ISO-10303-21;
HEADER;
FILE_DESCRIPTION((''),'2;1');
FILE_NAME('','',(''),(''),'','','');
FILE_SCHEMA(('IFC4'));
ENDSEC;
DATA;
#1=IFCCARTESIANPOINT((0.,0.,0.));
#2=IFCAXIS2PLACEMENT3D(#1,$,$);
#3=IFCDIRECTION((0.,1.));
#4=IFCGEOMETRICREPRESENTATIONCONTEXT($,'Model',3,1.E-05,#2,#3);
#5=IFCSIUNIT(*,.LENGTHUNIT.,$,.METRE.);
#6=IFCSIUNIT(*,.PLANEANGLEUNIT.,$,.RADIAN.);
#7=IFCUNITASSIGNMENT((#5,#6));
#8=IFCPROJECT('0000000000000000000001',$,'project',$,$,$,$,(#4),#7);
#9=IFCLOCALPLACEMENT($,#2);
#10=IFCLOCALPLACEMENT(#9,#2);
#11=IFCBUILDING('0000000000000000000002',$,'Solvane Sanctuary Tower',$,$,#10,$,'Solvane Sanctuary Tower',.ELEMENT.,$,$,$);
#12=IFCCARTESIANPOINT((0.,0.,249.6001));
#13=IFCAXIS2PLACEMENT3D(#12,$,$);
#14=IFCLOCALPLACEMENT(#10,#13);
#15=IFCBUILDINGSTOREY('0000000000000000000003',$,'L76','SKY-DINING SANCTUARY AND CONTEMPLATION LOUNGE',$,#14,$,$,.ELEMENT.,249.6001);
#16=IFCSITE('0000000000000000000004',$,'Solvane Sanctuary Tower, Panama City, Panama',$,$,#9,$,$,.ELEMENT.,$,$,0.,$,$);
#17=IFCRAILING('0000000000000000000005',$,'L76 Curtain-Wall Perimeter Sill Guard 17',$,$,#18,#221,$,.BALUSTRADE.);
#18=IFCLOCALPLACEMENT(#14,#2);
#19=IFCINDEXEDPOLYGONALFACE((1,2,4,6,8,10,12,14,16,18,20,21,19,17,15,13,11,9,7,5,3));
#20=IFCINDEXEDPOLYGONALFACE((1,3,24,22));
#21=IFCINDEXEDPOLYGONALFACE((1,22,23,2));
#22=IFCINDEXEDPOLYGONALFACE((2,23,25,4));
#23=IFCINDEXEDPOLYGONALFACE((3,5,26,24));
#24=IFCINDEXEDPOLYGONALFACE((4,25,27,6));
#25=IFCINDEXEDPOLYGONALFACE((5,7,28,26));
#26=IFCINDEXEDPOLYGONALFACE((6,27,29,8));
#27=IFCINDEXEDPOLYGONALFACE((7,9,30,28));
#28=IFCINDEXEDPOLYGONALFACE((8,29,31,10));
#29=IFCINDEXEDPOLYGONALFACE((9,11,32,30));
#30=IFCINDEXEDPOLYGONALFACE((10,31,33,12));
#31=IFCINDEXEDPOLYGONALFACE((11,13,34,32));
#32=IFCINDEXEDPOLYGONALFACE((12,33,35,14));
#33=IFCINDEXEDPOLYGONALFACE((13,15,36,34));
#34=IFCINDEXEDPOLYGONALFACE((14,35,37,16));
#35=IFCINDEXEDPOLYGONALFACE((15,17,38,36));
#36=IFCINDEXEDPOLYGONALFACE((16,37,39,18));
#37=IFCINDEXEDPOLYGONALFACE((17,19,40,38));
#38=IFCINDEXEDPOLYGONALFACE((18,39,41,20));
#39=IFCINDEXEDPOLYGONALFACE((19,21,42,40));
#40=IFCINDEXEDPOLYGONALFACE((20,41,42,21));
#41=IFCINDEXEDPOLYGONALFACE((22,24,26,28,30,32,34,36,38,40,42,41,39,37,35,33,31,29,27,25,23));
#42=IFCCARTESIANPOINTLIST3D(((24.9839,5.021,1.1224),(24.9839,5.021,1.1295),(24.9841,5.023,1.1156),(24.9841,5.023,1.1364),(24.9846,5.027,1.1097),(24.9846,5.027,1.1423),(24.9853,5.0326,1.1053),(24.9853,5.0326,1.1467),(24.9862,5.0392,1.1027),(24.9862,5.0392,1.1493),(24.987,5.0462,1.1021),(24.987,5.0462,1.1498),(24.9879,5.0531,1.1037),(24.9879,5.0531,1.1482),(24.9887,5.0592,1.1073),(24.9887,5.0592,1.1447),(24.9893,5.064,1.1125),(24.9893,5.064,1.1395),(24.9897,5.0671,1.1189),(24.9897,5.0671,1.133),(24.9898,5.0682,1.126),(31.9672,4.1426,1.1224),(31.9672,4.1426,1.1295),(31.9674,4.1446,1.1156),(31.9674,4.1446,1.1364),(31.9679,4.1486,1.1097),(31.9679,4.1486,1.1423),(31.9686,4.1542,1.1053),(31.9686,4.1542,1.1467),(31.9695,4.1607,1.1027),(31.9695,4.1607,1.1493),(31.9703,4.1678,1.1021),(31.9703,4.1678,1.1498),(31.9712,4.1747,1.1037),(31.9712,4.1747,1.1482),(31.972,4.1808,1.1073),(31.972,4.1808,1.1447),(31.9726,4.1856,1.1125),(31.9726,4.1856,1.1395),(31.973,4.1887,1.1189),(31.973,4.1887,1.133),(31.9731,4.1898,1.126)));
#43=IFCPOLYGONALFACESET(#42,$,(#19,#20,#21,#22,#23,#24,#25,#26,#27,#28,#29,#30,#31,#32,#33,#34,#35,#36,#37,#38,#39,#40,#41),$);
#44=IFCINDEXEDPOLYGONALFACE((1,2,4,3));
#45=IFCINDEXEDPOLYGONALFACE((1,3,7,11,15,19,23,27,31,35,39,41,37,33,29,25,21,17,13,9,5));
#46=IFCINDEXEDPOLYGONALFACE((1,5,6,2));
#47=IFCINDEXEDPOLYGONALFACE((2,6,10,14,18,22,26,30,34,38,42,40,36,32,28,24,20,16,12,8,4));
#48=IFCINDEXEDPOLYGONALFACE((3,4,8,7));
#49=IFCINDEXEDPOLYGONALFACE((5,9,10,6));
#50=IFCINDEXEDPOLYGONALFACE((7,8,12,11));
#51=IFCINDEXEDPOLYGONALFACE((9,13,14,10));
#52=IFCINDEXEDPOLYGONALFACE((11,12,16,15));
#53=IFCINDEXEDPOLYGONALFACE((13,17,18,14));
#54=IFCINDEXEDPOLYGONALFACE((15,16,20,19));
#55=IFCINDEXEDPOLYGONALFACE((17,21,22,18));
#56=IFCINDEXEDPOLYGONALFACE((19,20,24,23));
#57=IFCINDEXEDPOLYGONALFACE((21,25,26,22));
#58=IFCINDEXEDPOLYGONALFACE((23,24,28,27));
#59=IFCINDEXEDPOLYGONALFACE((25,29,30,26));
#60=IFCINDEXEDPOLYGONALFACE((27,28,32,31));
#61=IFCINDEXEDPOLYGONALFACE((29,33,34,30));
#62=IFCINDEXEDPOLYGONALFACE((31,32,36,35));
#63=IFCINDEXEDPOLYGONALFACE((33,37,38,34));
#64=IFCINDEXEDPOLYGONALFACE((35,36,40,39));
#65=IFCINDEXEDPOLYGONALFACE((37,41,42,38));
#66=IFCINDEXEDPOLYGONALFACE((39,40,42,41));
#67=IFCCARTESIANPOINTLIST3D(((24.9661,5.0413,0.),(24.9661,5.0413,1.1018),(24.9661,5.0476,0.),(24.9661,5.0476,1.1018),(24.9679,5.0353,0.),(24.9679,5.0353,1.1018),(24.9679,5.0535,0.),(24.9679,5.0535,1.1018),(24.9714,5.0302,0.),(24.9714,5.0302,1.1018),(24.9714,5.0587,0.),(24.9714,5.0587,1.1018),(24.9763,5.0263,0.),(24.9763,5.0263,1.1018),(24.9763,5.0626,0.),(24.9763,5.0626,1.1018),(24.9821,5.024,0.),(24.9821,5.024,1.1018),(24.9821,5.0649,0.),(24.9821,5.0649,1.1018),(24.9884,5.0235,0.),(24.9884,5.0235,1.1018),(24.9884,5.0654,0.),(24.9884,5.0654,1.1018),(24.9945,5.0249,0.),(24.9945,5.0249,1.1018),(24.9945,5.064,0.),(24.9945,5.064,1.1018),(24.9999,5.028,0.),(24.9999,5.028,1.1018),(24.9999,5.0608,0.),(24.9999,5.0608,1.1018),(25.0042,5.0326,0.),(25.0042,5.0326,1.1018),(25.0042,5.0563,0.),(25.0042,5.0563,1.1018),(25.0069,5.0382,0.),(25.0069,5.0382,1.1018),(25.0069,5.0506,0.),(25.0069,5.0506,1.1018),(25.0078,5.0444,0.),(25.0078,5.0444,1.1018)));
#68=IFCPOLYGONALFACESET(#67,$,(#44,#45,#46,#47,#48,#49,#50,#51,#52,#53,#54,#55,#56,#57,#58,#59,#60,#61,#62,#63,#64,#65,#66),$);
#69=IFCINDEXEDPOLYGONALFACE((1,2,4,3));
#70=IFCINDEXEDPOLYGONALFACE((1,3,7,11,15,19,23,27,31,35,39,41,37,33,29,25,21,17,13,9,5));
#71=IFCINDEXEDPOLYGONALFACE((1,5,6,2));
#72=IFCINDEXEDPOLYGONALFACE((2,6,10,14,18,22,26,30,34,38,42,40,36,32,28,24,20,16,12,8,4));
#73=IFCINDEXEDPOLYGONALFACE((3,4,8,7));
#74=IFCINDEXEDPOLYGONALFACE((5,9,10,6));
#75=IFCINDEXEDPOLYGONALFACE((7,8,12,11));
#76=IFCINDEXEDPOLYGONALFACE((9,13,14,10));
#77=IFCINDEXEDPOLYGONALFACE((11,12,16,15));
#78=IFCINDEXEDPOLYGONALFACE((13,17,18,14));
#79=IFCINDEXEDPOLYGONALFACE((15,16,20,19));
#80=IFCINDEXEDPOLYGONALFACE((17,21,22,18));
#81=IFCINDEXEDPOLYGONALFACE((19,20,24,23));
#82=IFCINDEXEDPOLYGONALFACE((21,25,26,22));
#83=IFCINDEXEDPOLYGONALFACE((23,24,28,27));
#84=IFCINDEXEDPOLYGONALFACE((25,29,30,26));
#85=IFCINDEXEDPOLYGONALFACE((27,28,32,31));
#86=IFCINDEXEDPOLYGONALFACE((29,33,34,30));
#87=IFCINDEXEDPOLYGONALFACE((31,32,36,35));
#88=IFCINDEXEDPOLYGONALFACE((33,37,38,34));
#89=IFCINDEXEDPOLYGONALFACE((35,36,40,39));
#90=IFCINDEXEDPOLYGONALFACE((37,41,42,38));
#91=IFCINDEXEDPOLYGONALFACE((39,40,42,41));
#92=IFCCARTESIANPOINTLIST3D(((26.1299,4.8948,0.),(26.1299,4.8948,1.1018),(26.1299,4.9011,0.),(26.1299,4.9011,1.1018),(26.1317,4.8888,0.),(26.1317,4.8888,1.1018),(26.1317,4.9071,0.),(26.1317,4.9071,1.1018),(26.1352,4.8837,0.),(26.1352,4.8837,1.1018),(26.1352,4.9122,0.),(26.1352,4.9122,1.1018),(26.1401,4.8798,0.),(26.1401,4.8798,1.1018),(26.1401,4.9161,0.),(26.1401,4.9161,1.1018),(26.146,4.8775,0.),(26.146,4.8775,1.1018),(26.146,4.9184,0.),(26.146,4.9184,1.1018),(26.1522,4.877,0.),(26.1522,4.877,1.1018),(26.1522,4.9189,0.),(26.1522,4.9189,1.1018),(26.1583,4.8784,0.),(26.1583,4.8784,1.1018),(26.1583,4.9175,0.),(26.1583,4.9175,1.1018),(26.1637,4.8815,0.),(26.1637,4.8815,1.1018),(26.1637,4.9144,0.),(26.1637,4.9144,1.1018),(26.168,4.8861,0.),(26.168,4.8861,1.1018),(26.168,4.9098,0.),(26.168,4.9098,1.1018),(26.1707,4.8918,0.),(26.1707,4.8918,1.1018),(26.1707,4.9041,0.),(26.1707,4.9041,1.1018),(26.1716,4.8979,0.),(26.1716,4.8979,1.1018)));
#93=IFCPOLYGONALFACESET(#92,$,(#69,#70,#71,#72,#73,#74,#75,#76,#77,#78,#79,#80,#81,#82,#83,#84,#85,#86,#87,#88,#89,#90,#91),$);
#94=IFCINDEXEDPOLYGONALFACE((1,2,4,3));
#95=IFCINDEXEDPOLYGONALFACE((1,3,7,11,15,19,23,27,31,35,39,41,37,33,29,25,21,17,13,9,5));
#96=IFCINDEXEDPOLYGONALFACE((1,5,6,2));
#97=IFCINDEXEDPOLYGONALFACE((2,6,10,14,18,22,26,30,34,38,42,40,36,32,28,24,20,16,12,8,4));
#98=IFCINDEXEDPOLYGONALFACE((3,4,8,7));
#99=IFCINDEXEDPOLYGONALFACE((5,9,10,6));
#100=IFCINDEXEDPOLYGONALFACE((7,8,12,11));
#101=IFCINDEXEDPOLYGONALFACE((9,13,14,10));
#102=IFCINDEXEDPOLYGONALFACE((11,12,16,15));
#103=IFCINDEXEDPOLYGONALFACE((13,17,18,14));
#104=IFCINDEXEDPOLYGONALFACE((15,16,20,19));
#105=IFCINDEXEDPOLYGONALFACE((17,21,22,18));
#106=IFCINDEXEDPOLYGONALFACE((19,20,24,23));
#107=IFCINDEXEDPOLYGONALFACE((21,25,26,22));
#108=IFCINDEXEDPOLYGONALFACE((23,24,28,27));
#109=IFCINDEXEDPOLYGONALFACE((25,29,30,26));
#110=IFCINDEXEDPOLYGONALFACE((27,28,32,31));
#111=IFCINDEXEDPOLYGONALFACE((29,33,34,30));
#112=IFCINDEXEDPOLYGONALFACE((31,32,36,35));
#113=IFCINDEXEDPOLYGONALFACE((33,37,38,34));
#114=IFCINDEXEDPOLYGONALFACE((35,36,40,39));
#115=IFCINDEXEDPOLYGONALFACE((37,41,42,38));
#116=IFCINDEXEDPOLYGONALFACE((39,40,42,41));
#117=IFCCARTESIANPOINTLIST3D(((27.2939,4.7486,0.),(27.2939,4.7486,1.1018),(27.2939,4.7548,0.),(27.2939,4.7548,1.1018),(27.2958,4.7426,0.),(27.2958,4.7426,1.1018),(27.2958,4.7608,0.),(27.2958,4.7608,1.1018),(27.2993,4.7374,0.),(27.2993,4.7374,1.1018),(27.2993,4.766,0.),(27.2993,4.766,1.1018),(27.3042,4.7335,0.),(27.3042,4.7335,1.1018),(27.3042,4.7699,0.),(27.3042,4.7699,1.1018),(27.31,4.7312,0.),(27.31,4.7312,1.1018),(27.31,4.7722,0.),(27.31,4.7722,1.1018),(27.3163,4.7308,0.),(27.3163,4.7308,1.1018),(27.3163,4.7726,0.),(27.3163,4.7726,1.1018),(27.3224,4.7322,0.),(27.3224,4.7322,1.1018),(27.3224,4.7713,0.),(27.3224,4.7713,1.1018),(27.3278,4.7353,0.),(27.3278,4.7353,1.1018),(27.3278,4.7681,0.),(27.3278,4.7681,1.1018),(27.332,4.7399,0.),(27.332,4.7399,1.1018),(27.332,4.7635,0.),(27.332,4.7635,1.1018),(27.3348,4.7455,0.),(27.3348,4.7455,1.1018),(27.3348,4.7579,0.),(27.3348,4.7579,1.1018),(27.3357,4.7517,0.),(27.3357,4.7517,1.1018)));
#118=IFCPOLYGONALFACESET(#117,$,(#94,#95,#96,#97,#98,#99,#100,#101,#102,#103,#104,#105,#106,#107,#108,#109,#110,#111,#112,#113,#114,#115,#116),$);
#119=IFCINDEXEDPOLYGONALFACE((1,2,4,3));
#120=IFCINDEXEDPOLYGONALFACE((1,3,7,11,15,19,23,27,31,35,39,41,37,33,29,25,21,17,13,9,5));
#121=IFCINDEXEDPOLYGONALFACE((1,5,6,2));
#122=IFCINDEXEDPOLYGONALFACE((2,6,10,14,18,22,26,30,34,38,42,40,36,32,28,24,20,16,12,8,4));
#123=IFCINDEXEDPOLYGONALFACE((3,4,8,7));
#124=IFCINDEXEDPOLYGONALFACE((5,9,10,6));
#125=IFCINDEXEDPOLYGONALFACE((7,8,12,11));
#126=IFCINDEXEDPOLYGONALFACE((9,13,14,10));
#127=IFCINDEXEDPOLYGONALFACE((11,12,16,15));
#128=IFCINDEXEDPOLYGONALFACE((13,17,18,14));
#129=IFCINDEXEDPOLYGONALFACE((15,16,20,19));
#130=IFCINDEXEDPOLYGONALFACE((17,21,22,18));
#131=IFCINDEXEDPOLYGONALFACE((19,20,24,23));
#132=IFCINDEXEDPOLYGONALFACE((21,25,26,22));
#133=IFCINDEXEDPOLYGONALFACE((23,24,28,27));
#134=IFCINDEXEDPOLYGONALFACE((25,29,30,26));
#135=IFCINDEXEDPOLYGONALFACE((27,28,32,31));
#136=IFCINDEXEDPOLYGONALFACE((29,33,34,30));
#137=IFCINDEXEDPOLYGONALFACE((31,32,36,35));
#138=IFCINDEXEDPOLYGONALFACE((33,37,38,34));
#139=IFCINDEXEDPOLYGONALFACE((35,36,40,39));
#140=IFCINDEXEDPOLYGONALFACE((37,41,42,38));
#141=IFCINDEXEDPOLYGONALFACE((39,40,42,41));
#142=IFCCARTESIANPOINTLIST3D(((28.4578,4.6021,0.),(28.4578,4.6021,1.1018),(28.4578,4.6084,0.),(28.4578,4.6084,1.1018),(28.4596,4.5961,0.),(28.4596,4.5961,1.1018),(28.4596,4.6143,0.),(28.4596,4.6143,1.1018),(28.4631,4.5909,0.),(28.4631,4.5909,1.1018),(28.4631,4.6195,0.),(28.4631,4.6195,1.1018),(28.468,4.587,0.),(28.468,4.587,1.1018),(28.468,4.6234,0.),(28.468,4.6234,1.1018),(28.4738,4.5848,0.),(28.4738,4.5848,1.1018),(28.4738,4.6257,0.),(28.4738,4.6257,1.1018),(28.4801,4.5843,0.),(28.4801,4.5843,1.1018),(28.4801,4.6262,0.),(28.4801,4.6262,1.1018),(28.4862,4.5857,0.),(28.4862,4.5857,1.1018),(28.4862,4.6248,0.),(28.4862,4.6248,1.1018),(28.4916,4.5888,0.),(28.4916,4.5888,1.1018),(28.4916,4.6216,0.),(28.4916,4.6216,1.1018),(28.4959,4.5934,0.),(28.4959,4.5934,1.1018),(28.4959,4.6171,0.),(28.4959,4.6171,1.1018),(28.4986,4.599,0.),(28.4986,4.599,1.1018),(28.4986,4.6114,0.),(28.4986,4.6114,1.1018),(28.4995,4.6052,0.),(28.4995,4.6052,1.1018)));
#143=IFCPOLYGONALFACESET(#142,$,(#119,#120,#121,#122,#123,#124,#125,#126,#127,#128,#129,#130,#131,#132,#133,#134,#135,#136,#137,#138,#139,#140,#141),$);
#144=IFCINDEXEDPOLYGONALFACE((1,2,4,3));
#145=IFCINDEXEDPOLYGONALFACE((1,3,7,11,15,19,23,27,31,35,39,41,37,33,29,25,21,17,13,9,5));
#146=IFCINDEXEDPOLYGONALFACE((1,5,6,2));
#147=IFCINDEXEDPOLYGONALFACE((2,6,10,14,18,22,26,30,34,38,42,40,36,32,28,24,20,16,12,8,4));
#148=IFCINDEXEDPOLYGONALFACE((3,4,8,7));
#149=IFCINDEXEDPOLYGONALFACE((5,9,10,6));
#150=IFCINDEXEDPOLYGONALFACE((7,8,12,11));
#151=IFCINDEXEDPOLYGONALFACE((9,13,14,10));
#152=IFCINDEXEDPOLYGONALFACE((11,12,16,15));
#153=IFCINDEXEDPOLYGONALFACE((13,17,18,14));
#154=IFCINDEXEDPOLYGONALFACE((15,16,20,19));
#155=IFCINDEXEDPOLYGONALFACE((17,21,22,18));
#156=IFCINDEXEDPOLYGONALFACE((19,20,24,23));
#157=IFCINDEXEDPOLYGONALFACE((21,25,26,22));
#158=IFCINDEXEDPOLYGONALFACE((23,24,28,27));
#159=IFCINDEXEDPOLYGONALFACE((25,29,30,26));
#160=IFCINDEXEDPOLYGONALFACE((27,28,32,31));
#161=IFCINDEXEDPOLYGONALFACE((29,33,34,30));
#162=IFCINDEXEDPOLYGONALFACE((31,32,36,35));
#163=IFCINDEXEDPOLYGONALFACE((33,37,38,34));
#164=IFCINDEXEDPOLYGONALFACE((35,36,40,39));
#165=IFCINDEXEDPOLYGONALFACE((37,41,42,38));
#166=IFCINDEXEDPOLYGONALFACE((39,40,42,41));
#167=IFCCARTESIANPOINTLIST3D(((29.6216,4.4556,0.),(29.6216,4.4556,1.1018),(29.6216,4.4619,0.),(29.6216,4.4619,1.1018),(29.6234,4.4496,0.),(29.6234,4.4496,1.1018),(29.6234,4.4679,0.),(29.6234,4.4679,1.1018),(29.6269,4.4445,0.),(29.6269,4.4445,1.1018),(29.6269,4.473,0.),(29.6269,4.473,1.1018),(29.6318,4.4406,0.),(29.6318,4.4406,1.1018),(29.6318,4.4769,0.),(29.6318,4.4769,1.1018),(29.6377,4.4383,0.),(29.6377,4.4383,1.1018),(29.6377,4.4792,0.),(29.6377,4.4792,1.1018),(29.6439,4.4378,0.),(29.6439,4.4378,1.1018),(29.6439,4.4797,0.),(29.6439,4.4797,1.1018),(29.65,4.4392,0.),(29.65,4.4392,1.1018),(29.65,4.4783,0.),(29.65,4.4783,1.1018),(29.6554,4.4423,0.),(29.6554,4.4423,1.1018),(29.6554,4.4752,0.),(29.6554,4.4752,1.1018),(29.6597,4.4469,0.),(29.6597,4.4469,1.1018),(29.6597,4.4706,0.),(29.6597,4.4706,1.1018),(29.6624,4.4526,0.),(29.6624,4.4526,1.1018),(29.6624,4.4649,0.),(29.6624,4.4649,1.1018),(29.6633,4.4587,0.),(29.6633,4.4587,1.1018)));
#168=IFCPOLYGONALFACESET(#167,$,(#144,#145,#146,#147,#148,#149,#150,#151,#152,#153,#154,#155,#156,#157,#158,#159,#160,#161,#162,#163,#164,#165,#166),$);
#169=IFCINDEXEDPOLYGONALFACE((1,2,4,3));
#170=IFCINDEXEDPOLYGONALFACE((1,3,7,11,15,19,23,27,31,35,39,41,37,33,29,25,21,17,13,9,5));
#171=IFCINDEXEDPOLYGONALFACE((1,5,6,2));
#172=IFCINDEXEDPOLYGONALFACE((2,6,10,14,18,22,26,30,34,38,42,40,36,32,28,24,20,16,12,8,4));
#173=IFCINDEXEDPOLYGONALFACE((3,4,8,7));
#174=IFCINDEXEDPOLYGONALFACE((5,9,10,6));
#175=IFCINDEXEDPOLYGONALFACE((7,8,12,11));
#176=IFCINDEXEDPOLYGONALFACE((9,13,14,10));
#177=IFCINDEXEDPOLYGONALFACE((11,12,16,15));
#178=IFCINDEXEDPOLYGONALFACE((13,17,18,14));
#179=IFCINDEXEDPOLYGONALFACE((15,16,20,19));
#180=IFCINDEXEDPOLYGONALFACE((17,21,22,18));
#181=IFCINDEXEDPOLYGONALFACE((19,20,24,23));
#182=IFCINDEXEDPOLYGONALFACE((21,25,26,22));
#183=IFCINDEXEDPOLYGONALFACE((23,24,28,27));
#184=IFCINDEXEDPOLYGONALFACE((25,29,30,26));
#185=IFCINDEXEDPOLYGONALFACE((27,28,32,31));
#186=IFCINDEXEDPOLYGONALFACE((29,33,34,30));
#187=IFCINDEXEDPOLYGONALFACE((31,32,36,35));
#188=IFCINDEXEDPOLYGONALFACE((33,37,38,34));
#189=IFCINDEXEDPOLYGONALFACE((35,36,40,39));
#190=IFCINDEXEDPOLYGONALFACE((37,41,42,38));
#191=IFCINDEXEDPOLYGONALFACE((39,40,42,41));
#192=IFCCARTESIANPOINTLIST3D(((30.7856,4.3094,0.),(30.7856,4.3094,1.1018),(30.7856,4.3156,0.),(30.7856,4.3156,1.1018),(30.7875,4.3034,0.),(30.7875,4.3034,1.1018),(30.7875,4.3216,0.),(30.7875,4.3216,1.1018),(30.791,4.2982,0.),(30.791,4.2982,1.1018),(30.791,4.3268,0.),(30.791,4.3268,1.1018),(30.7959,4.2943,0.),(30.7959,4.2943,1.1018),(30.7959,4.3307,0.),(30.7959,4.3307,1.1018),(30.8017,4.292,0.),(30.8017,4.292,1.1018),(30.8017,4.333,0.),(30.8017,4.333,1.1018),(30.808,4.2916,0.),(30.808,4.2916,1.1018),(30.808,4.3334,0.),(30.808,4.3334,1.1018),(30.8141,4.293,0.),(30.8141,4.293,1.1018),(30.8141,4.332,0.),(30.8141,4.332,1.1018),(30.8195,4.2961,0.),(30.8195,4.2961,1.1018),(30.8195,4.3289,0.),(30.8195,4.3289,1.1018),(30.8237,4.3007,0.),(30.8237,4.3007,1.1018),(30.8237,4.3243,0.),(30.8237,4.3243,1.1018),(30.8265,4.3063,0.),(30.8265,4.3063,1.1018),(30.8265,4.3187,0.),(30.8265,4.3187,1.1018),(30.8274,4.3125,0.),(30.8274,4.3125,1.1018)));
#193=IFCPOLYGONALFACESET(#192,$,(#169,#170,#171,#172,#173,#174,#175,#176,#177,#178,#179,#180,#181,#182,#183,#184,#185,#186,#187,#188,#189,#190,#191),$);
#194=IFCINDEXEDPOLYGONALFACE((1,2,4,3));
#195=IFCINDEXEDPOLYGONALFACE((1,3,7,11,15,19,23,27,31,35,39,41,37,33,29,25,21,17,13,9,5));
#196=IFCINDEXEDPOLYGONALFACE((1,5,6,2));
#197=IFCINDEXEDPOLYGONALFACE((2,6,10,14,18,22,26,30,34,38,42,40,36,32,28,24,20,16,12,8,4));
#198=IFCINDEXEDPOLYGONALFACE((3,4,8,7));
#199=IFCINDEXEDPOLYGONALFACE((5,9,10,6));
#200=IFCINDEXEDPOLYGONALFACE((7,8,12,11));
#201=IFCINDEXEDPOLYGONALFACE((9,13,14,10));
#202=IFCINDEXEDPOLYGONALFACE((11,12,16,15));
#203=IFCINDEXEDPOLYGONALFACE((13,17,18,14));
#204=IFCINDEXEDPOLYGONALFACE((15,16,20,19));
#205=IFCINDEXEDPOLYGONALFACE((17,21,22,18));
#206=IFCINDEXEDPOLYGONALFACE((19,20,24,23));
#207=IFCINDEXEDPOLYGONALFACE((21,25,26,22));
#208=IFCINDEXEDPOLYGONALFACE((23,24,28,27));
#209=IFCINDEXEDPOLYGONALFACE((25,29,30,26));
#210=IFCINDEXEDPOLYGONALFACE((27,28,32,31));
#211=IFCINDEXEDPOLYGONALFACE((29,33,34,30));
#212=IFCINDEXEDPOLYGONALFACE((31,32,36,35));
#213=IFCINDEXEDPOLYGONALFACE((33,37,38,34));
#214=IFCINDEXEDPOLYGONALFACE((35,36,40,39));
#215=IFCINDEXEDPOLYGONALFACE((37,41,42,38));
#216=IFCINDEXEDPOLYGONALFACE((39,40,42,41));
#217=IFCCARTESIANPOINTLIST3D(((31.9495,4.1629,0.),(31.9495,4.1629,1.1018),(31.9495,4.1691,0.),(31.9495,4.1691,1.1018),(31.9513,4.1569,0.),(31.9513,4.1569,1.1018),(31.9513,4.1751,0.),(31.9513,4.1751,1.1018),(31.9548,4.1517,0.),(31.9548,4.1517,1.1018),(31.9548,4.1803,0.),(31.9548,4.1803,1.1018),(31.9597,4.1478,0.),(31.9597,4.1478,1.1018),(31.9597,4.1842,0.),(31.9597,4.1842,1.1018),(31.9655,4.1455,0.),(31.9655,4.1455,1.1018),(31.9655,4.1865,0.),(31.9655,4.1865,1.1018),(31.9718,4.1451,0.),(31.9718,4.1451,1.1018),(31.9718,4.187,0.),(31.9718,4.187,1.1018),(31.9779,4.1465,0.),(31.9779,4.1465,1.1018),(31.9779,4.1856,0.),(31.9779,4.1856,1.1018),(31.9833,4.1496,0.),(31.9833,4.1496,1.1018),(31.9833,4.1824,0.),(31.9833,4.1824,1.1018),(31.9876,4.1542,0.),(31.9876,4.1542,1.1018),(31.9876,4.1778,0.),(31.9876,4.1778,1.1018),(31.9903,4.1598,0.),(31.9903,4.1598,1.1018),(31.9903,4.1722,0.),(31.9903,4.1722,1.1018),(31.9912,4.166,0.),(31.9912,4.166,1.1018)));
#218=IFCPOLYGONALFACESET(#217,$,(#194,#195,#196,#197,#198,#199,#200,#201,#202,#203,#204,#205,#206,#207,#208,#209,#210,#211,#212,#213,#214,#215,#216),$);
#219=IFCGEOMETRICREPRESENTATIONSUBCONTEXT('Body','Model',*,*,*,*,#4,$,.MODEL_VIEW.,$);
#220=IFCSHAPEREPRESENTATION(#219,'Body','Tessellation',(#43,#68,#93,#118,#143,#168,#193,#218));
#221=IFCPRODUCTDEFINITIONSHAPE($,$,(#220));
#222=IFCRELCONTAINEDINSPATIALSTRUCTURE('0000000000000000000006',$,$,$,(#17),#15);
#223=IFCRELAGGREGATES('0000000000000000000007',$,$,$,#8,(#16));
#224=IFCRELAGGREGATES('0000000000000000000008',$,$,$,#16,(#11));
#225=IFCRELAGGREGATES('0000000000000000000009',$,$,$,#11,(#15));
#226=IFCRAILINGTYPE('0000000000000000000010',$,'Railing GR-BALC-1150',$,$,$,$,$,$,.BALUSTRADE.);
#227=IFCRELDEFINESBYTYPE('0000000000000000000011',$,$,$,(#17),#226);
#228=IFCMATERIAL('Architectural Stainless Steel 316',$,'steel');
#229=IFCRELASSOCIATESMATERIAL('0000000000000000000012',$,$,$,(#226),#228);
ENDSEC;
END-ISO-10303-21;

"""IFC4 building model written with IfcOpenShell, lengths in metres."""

from ifc_helpers import new_model, si_unit, direction, frame, origin, origin_2d, place, context, subcontext, project, spatial, circle, extrude, material, type_object, element, save


model = new_model("IFC4")

# Units and contexts
model_context = context("Model", 3, precision=1e-05, world=origin(), true_north=direction((0.0, 1.0)))
body_context = subcontext(model_context, "Body", "Model", "MODEL_VIEW")
ifc_project = project(units=[si_unit("LENGTHUNIT", "METRE"), si_unit("PLANEANGLEUNIT", "RADIAN")], contexts=[model_context])

# Site, building, storey
site_placement = place(None, origin())
site = spatial("IfcSite", under=ifc_project, at=site_placement, Name="Solvane Sanctuary Tower, Panama City, Panama", CompositionType="ELEMENT", RefElevation=0.0)
building_placement = place(site_placement, origin())
building = spatial("IfcBuilding", under=site, at=building_placement, Name="Solvane Sanctuary Tower", LongName="Solvane Sanctuary Tower", CompositionType="ELEMENT")
storey_placement = place(building_placement, frame((0.0, 0.0, 249.6001)))
storey = spatial("IfcBuildingStorey", under=building, at=storey_placement, Name="L76", Description="SKY-DINING SANCTUARY AND CONTEMPLATION LOUNGE", CompositionType="ELEMENT", Elevation=249.6001)

# Railing
ifc_material_1 = material(Name="Architectural Stainless Steel 316", Category="steel")
railing_type = type_object("IfcRailingType", Name="Railing GR-BALC-1150", PredefinedType="BALUSTRADE", material=ifc_material_1)
railing_1_placement = place(storey_placement, frame((24.9868, 5.0444, 0.0)))
element("IfcRailing", 1, at=railing_1_placement, inside=storey, type_object=railing_type, Name="L76 Curtain-Wall Perimeter Sill Guard 17", PredefinedType="BALUSTRADE", context=body_context, shape_type="SweptSolid", body=[
    extrude(circle(Radius=0.0239, at=origin_2d()), frame((0.0, 0.0, 1.126), z_axis=(0.992182, -0.124803, 0.0), x_axis=(0.124803, 0.992182, 0.0)), (0.0, 0.0, 1.0), 7.0383),
    extrude(circle(Radius=0.021, at=origin_2d()), origin(), (0.0, 0.0, 1.0), 1.1018),
    extrude(circle(Radius=0.021, at=origin_2d()), frame((1.1638, -0.1465, 0.0)), (0.0, 0.0, 1.0), 1.1018),
    extrude(circle(Radius=0.021, at=origin_2d()), frame((2.3279, -0.2927, 0.0)), (0.0, 0.0, 1.0), 1.1018),
    extrude(circle(Radius=0.021, at=origin_2d()), frame((3.4917, -0.4392, 0.0)), (0.0, 0.0, 1.0), 1.1018),
    extrude(circle(Radius=0.021, at=origin_2d()), frame((4.6555, -0.5857, 0.0)), (0.0, 0.0, 1.0), 1.1018),
    extrude(circle(Radius=0.021, at=origin_2d()), frame((5.8196, -0.7319, 0.0)), (0.0, 0.0, 1.0), 1.1018),
    extrude(circle(Radius=0.021, at=origin_2d()), frame((6.9834, -0.8784, 0.0)), (0.0, 0.0, 1.0), 1.1018),
])

save(model, "model.ifc")
